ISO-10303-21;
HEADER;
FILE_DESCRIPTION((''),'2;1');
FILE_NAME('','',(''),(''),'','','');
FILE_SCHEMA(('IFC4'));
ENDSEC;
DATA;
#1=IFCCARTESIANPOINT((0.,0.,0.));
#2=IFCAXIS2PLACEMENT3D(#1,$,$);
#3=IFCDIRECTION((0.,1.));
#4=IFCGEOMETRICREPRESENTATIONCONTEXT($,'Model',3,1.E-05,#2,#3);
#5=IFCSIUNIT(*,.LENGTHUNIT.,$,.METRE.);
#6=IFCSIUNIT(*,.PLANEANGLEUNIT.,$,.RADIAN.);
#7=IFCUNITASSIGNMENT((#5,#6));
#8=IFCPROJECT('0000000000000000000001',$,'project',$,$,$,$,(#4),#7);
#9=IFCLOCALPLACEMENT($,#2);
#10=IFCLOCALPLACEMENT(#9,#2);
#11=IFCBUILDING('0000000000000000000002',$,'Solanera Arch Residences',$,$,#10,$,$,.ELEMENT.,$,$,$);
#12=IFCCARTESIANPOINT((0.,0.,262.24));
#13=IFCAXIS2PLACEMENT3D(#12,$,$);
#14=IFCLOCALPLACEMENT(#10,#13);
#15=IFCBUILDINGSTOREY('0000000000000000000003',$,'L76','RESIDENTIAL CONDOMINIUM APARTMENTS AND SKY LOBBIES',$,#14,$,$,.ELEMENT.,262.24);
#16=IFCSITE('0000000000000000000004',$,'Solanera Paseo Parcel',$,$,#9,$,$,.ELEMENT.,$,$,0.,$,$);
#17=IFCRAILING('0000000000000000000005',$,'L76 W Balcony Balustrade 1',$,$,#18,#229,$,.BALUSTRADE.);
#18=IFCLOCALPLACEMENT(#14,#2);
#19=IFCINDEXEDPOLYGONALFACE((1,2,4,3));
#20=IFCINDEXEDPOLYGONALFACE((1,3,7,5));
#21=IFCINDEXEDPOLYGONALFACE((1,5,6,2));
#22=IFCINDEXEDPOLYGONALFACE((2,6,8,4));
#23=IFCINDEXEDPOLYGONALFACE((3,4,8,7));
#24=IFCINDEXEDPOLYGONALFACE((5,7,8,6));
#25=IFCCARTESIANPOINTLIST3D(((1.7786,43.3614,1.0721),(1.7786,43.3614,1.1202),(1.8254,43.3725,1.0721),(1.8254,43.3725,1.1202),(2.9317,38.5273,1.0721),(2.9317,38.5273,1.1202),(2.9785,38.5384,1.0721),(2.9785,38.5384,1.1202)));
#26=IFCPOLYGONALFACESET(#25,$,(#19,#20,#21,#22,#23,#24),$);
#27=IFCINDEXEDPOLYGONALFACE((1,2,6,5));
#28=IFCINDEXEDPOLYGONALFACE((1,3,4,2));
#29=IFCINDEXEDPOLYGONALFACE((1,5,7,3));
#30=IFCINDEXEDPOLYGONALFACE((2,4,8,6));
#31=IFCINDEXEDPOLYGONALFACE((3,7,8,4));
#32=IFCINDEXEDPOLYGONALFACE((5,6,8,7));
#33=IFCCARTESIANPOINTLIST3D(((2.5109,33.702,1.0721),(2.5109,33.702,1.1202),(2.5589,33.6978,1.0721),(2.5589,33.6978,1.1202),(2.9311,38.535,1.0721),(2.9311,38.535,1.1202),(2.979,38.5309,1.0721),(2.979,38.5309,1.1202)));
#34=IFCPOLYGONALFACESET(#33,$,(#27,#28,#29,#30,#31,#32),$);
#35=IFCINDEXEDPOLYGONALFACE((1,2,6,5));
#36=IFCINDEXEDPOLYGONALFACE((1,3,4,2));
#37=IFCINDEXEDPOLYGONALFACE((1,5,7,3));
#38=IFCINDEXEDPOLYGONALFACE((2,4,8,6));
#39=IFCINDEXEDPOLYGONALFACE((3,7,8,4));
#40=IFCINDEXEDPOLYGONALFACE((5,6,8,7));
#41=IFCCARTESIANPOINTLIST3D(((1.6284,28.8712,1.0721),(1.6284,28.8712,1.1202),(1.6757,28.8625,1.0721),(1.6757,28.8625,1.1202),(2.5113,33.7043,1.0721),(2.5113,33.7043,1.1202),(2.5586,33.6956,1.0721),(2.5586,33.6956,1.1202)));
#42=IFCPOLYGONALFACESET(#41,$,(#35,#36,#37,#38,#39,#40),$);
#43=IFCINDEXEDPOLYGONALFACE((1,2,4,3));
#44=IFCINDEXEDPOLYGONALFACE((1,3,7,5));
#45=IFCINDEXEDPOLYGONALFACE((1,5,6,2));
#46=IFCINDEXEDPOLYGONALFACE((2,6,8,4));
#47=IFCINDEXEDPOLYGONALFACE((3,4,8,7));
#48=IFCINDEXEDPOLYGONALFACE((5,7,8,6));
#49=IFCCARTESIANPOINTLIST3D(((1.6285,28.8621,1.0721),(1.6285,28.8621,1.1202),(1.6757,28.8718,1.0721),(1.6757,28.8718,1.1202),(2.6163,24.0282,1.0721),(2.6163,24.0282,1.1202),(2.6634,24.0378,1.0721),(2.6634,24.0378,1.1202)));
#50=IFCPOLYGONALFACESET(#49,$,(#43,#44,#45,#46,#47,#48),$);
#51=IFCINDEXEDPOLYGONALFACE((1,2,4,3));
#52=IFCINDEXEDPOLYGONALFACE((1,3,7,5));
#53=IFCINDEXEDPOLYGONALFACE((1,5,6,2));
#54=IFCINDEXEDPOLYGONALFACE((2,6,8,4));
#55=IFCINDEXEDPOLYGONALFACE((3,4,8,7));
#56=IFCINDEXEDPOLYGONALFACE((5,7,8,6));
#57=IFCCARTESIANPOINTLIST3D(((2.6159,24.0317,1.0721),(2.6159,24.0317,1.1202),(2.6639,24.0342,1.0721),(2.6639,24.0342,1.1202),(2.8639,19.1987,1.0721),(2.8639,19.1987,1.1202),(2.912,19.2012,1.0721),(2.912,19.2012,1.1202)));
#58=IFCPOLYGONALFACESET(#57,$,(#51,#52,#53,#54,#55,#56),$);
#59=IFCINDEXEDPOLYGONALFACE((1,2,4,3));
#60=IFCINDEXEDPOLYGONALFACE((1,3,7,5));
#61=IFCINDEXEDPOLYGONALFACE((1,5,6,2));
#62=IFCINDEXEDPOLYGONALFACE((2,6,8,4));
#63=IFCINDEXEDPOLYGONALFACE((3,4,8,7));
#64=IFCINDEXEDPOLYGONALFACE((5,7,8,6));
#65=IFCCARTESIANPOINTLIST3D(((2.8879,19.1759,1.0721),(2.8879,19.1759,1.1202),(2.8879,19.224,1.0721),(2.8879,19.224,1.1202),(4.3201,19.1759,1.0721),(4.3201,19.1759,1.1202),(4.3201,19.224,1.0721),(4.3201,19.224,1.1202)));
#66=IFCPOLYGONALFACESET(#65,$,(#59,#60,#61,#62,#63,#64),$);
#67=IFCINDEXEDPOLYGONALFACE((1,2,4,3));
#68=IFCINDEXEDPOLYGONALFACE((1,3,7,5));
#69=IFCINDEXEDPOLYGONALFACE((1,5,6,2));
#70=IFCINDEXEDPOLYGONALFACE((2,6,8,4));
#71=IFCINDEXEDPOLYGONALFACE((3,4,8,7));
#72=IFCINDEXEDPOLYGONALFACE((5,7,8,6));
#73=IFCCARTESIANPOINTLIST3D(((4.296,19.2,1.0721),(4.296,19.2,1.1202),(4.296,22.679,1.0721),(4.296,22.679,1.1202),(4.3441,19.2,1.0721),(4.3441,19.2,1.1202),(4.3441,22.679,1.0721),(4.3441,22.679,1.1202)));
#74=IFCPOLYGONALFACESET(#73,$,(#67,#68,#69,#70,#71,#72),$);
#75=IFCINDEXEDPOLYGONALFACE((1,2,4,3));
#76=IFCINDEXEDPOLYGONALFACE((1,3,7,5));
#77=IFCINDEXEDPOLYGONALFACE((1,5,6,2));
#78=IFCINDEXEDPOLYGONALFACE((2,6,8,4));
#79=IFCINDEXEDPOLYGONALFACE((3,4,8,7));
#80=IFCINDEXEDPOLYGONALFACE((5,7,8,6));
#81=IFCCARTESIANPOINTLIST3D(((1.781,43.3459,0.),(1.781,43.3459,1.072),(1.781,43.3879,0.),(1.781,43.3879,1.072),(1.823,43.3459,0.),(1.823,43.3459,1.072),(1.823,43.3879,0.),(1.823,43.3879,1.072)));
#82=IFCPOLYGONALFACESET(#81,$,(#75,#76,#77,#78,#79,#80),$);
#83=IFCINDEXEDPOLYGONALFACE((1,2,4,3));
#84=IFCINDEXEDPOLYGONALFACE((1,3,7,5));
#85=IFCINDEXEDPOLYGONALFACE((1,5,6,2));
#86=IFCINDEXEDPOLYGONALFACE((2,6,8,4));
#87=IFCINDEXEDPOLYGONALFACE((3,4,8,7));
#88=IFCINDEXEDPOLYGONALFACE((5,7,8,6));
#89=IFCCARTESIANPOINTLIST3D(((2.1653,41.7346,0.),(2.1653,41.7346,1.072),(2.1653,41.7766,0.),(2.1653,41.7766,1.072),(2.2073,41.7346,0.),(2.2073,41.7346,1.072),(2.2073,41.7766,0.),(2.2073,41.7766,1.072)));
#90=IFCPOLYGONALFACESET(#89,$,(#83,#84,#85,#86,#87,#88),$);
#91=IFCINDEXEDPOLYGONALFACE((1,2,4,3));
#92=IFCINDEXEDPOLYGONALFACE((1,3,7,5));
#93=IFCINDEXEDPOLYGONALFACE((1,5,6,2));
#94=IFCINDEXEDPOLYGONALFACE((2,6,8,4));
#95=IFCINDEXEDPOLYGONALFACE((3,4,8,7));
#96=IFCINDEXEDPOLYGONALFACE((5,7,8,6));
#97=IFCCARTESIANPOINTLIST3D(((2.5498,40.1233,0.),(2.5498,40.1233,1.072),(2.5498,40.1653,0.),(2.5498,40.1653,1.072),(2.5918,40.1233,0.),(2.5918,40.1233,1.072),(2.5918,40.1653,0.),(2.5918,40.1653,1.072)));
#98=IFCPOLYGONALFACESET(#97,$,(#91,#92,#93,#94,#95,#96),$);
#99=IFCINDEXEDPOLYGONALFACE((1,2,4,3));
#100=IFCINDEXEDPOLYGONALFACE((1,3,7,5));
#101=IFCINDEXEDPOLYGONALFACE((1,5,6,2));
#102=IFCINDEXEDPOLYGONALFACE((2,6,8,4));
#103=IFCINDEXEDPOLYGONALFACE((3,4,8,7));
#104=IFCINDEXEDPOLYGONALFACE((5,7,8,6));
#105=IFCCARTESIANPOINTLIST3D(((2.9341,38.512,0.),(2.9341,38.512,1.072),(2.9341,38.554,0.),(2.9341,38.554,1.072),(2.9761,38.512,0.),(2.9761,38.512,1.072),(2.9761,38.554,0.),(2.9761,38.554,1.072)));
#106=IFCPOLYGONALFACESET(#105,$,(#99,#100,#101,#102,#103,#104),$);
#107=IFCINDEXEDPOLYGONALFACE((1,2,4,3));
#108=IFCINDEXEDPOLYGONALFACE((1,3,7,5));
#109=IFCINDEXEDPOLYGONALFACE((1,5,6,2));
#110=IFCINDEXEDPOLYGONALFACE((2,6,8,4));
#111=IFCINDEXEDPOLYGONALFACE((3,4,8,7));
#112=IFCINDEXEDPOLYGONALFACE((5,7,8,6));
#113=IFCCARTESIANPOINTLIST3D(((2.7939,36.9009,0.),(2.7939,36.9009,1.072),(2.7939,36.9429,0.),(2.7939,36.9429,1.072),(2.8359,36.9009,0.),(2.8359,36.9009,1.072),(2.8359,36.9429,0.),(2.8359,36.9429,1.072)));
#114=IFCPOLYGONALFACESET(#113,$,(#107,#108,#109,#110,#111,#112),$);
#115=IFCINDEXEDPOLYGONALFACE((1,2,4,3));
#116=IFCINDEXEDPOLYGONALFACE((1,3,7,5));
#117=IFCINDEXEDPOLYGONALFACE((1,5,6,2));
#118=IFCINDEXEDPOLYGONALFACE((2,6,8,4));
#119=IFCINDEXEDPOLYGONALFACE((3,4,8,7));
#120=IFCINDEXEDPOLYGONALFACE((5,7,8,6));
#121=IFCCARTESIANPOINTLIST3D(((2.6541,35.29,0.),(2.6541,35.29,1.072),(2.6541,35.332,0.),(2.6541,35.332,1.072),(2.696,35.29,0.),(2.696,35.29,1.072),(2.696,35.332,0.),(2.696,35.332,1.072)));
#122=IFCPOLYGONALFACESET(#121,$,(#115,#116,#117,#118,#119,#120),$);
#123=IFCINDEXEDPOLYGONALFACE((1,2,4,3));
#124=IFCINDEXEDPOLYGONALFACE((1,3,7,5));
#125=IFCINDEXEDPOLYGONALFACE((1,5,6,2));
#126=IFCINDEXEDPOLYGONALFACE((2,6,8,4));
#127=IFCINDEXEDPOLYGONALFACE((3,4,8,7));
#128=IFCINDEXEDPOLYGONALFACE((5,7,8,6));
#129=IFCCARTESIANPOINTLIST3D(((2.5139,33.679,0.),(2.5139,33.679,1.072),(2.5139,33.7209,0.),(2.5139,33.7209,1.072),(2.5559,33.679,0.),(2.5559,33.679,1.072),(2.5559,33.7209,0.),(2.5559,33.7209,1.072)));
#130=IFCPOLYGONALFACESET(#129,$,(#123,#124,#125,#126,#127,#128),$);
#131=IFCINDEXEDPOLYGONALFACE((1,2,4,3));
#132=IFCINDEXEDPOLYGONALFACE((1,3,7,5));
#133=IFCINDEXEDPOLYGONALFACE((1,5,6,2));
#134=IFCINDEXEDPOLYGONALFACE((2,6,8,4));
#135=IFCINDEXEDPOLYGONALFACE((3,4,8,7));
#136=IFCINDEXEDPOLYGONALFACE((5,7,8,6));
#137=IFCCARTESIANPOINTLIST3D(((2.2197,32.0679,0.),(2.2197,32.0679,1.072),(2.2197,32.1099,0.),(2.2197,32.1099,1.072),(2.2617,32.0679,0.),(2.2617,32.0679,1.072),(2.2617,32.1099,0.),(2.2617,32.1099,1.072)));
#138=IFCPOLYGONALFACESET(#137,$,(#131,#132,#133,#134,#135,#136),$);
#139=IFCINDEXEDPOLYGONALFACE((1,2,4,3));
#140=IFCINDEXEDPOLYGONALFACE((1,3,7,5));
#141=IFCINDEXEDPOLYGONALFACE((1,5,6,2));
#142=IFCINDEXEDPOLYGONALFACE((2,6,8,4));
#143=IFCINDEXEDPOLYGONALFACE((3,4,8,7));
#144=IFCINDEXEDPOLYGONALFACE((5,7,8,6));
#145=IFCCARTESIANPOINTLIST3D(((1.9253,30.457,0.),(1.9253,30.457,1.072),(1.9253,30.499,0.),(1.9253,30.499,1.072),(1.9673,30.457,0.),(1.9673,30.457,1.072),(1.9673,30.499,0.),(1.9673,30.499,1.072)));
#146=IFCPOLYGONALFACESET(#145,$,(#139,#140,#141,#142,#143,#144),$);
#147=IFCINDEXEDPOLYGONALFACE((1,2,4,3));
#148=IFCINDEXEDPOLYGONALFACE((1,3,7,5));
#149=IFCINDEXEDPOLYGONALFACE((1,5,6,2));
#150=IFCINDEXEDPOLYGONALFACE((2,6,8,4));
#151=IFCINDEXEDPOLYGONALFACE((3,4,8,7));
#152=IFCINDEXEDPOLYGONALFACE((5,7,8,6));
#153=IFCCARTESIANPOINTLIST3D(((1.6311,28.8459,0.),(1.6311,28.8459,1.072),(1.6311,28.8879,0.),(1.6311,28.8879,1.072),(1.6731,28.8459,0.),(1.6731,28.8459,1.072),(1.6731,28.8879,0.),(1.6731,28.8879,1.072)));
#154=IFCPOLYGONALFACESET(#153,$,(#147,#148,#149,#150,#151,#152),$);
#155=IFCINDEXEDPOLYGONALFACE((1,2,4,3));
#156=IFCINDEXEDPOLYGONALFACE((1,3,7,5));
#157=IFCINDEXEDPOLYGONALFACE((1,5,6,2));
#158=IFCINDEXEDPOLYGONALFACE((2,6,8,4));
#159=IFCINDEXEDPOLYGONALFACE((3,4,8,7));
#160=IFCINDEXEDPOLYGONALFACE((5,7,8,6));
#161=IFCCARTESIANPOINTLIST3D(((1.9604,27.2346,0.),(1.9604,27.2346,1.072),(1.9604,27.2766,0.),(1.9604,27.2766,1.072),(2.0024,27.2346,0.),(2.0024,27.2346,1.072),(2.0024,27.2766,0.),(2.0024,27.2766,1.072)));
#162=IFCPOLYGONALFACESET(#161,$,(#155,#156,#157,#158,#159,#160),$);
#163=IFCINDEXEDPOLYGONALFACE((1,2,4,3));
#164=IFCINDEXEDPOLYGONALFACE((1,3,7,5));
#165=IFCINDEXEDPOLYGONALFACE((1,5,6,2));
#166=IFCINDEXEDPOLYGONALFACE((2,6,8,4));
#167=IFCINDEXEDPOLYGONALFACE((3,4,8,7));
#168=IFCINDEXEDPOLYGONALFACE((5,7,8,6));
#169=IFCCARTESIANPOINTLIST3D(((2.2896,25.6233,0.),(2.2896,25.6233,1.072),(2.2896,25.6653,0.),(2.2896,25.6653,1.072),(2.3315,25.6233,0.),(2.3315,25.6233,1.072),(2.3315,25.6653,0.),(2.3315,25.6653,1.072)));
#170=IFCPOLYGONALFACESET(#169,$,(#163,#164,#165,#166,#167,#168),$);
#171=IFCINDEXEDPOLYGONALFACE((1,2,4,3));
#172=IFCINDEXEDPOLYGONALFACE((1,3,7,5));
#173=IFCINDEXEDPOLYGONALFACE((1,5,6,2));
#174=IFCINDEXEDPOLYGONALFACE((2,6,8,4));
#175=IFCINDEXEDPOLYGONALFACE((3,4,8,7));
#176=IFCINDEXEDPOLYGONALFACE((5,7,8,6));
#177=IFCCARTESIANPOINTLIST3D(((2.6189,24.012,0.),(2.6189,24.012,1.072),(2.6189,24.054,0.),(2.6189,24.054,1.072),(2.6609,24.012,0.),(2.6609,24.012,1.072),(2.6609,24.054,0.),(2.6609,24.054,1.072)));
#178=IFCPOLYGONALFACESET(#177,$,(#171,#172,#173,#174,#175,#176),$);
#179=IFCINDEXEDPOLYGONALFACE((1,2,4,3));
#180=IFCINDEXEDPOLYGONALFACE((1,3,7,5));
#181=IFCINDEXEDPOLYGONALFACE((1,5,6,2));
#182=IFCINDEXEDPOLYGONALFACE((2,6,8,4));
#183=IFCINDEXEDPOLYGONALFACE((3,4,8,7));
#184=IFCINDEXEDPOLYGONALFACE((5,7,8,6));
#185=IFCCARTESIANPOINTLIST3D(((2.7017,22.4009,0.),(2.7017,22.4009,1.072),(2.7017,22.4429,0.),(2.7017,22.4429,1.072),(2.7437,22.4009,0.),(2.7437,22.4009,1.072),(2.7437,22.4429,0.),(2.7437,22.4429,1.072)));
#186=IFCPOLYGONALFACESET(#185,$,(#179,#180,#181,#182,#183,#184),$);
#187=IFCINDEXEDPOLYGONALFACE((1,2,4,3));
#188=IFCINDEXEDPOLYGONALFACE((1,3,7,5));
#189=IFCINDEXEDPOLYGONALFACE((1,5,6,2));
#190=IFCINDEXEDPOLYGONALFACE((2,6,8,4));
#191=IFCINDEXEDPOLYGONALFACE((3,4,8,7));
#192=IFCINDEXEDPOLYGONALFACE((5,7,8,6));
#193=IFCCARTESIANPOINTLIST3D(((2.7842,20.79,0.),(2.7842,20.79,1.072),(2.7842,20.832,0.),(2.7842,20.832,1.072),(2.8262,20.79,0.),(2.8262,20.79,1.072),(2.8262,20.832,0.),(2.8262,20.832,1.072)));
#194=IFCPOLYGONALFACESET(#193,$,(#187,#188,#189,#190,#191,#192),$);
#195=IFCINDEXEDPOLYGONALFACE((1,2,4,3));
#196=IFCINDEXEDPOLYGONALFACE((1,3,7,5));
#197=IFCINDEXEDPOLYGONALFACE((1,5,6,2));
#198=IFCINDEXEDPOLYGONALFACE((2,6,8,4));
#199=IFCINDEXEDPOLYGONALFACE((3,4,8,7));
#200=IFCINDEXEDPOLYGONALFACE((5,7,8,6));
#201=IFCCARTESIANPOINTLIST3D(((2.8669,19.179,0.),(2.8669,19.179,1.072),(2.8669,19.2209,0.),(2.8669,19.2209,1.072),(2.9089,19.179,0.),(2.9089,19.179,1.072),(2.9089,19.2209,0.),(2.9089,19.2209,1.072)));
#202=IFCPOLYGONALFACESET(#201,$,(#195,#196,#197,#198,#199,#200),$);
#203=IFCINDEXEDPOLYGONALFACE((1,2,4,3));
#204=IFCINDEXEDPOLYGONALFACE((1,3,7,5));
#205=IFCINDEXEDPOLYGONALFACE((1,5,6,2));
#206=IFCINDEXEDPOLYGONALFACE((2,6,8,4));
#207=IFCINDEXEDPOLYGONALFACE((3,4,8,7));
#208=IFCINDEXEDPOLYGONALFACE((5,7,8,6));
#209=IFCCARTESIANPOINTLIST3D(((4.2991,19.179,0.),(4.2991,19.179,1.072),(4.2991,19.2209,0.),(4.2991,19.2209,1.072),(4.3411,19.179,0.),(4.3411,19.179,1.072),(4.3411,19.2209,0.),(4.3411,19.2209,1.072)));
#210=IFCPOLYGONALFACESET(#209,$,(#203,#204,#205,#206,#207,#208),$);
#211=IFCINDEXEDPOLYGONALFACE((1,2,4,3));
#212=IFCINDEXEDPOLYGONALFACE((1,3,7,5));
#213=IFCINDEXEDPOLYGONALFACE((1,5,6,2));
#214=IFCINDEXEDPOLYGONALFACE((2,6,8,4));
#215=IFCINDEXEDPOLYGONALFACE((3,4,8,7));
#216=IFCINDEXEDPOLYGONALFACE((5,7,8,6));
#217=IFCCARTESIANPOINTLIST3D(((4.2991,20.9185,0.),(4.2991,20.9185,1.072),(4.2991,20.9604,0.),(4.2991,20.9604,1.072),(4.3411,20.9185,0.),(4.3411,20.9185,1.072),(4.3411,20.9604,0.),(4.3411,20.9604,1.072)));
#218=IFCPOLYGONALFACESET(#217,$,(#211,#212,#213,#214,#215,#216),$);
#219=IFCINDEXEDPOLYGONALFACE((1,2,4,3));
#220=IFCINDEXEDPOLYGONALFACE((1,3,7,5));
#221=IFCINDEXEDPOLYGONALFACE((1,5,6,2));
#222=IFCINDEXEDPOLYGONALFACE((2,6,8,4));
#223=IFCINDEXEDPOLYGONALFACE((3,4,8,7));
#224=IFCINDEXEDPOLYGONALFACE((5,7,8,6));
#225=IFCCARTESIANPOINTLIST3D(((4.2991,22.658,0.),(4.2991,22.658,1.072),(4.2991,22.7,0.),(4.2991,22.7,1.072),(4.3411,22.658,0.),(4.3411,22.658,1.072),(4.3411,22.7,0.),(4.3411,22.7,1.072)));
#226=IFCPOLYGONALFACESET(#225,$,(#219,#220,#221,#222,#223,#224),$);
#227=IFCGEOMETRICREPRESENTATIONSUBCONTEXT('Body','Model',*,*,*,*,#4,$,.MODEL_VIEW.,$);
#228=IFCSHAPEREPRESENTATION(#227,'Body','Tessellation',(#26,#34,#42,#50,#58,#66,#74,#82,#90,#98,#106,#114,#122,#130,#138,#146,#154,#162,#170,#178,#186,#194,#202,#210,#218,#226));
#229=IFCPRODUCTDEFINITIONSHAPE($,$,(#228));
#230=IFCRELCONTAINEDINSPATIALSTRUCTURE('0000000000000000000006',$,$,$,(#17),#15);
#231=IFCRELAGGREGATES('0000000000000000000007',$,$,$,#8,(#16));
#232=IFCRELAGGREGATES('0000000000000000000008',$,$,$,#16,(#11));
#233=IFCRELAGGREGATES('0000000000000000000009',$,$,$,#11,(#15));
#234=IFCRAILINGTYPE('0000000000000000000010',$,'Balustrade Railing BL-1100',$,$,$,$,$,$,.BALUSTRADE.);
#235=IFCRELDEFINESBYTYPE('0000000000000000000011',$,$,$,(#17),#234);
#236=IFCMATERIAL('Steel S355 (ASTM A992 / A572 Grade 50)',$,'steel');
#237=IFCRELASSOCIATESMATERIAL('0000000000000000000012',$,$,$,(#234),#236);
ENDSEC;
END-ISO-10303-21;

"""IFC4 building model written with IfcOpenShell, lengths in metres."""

from ifc_helpers import new_model, si_unit, direction, frame, origin, origin_2d, place, context, subcontext, project, spatial, rectangle, extrude, material, type_object, element, save


model = new_model("IFC4")

# Units and contexts
model_context = context("Model", 3, precision=1e-05, world=origin(), true_north=direction((0.0, 1.0)))
body_context = subcontext(model_context, "Body", "Model", "MODEL_VIEW")
ifc_project = project(units=[si_unit("LENGTHUNIT", "METRE"), si_unit("PLANEANGLEUNIT", "RADIAN")], contexts=[model_context])

# Site, building, storey
site_placement = place(None, origin())
site = spatial("IfcSite", under=ifc_project, at=site_placement, Name="Solanera Paseo Parcel", CompositionType="ELEMENT", RefElevation=0.0)
building_placement = place(site_placement, origin())
building = spatial("IfcBuilding", under=site, at=building_placement, Name="Solanera Arch Residences", CompositionType="ELEMENT")
storey_placement = place(building_placement, frame((0.0, 0.0, 262.24)))
storey = spatial("IfcBuildingStorey", under=building, at=storey_placement, Name="L76", Description="RESIDENTIAL CONDOMINIUM APARTMENTS AND SKY LOBBIES", CompositionType="ELEMENT", Elevation=262.24)

# Railing
ifc_material_1 = material(Name="Steel S355 (ASTM A992 / A572 Grade 50)", Category="steel")
railing_type = type_object("IfcRailingType", Name="Balustrade Railing BL-1100", PredefinedType="BALUSTRADE", material=ifc_material_1)
railing_1_placement = place(storey_placement, frame((1.802, 43.3669, 0.0)))
element("IfcRailing", 1, at=railing_1_placement, inside=storey, type_object=railing_type, Name="L76 W Balcony Balustrade 1", PredefinedType="BALUSTRADE", context=body_context, shape_type="SweptSolid", body=[
    extrude(rectangle(XDim=0.0481, YDim=0.0481, at=origin_2d()), frame((0.0, 0.0, 1.0962), z_axis=(0.232026, -0.97271, 0.0), x_axis=(0.97271, 0.232026, 0.0)), (0.0, 0.0, 1.0), 4.9697),
    extrude(rectangle(XDim=0.0481, YDim=0.0481, at=origin_2d()), frame((1.1531, -4.834, 1.0962), z_axis=(-0.08661, -0.996242, 0.0), x_axis=(0.996242, -0.08661, 0.0)), (0.0, 0.0, 1.0), 4.8513),
    extrude(rectangle(XDim=0.0481, YDim=0.0481, at=origin_2d()), frame((0.7329, -9.667, 1.0962), z_axis=(-0.17969, -0.983723, 0.0), x_axis=(0.983723, -0.17969, 0.0)), (0.0, 0.0, 1.0), 4.9131),
    extrude(rectangle(XDim=0.0481, YDim=0.0481, at=origin_2d()), frame((-0.1499, -14.5, 1.0962), z_axis=(0.200206, -0.979754, 0.0), x_axis=(0.979754, 0.200206, 0.0)), (0.0, 0.0, 1.0), 4.9338),
    extrude(rectangle(XDim=0.0481, YDim=0.0481, at=origin_2d()), frame((0.8379, -19.334, 1.0962), z_axis=(0.051256, -0.998686, 0.0), x_axis=(0.998686, 0.051256, 0.0)), (0.0, 0.0, 1.0), 4.8394),
    extrude(rectangle(XDim=0.0481, YDim=0.0481, at=origin_2d()), frame((1.0859, -24.167, 1.0962), z_axis=(1.0, 0.0, 0.0), x_axis=(0.0, 1.0, 0.0)), (0.0, 0.0, 1.0), 1.4321),
    extrude(rectangle(XDim=0.0481, YDim=0.0481, at=origin_2d()), frame((2.5181, -24.167, 1.0962), z_axis=(0.0, 1.0, 0.0), x_axis=(-1.0, 0.0, 0.0)), (0.0, 0.0, 1.0), 3.479),
    extrude(rectangle(XDim=0.042, YDim=0.042, at=origin_2d()), origin(), (0.0, 0.0, 1.0), 1.072),
    extrude(rectangle(XDim=0.042, YDim=0.042, at=origin_2d()), frame((0.3843, -1.6113, 0.0)), (0.0, 0.0, 1.0), 1.072),
    extrude(rectangle(XDim=0.042, YDim=0.042, at=origin_2d()), frame((0.7688, -3.2227, 0.0)), (0.0, 0.0, 1.0), 1.072),
    extrude(rectangle(XDim=0.042, YDim=0.042, at=origin_2d()), frame((1.1531, -4.834, 0.0)), (0.0, 0.0, 1.0), 1.072),
    extrude(rectangle(XDim=0.042, YDim=0.042, at=origin_2d()), frame((1.0129, -6.4451, 0.0)), (0.0, 0.0, 1.0), 1.072),
    extrude(rectangle(XDim=0.042, YDim=0.042, at=origin_2d()), frame((0.873, -8.0559, 0.0)), (0.0, 0.0, 1.0), 1.072),
    extrude(rectangle(XDim=0.042, YDim=0.042, at=origin_2d()), frame((0.7329, -9.667, 0.0)), (0.0, 0.0, 1.0), 1.072),
    extrude(rectangle(XDim=0.042, YDim=0.042, at=origin_2d()), frame((0.4387, -11.2781, 0.0)), (0.0, 0.0, 1.0), 1.072),
    extrude(rectangle(XDim=0.042, YDim=0.042, at=origin_2d()), frame((0.1443, -12.8889, 0.0)), (0.0, 0.0, 1.0), 1.072),
    extrude(rectangle(XDim=0.042, YDim=0.042, at=origin_2d()), frame((-0.1499, -14.5, 0.0)), (0.0, 0.0, 1.0), 1.072),
    extrude(rectangle(XDim=0.042, YDim=0.042, at=origin_2d()), frame((0.1794, -16.1113, 0.0)), (0.0, 0.0, 1.0), 1.072),
    extrude(rectangle(XDim=0.042, YDim=0.042, at=origin_2d()), frame((0.5085, -17.7227, 0.0)), (0.0, 0.0, 1.0), 1.072),
    extrude(rectangle(XDim=0.042, YDim=0.042, at=origin_2d()), frame((0.8379, -19.334, 0.0)), (0.0, 0.0, 1.0), 1.072),
    extrude(rectangle(XDim=0.042, YDim=0.042, at=origin_2d()), frame((0.9207, -20.9451, 0.0)), (0.0, 0.0, 1.0), 1.072),
    extrude(rectangle(XDim=0.042, YDim=0.042, at=origin_2d()), frame((1.0032, -22.5559, 0.0)), (0.0, 0.0, 1.0), 1.072),
    extrude(rectangle(XDim=0.042, YDim=0.042, at=origin_2d()), frame((1.0859, -24.167, 0.0)), (0.0, 0.0, 1.0), 1.072),
    extrude(rectangle(XDim=0.042, YDim=0.042, at=origin_2d()), frame((2.5181, -24.167, 0.0)), (0.0, 0.0, 1.0), 1.072),
    extrude(rectangle(XDim=0.042, YDim=0.042, at=origin_2d()), frame((2.5181, -22.4275, 0.0)), (0.0, 0.0, 1.0), 1.072),
    extrude(rectangle(XDim=0.042, YDim=0.042, at=origin_2d()), frame((2.5181, -20.688, 0.0)), (0.0, 0.0, 1.0), 1.072),
])

save(model, "model.ifc")
